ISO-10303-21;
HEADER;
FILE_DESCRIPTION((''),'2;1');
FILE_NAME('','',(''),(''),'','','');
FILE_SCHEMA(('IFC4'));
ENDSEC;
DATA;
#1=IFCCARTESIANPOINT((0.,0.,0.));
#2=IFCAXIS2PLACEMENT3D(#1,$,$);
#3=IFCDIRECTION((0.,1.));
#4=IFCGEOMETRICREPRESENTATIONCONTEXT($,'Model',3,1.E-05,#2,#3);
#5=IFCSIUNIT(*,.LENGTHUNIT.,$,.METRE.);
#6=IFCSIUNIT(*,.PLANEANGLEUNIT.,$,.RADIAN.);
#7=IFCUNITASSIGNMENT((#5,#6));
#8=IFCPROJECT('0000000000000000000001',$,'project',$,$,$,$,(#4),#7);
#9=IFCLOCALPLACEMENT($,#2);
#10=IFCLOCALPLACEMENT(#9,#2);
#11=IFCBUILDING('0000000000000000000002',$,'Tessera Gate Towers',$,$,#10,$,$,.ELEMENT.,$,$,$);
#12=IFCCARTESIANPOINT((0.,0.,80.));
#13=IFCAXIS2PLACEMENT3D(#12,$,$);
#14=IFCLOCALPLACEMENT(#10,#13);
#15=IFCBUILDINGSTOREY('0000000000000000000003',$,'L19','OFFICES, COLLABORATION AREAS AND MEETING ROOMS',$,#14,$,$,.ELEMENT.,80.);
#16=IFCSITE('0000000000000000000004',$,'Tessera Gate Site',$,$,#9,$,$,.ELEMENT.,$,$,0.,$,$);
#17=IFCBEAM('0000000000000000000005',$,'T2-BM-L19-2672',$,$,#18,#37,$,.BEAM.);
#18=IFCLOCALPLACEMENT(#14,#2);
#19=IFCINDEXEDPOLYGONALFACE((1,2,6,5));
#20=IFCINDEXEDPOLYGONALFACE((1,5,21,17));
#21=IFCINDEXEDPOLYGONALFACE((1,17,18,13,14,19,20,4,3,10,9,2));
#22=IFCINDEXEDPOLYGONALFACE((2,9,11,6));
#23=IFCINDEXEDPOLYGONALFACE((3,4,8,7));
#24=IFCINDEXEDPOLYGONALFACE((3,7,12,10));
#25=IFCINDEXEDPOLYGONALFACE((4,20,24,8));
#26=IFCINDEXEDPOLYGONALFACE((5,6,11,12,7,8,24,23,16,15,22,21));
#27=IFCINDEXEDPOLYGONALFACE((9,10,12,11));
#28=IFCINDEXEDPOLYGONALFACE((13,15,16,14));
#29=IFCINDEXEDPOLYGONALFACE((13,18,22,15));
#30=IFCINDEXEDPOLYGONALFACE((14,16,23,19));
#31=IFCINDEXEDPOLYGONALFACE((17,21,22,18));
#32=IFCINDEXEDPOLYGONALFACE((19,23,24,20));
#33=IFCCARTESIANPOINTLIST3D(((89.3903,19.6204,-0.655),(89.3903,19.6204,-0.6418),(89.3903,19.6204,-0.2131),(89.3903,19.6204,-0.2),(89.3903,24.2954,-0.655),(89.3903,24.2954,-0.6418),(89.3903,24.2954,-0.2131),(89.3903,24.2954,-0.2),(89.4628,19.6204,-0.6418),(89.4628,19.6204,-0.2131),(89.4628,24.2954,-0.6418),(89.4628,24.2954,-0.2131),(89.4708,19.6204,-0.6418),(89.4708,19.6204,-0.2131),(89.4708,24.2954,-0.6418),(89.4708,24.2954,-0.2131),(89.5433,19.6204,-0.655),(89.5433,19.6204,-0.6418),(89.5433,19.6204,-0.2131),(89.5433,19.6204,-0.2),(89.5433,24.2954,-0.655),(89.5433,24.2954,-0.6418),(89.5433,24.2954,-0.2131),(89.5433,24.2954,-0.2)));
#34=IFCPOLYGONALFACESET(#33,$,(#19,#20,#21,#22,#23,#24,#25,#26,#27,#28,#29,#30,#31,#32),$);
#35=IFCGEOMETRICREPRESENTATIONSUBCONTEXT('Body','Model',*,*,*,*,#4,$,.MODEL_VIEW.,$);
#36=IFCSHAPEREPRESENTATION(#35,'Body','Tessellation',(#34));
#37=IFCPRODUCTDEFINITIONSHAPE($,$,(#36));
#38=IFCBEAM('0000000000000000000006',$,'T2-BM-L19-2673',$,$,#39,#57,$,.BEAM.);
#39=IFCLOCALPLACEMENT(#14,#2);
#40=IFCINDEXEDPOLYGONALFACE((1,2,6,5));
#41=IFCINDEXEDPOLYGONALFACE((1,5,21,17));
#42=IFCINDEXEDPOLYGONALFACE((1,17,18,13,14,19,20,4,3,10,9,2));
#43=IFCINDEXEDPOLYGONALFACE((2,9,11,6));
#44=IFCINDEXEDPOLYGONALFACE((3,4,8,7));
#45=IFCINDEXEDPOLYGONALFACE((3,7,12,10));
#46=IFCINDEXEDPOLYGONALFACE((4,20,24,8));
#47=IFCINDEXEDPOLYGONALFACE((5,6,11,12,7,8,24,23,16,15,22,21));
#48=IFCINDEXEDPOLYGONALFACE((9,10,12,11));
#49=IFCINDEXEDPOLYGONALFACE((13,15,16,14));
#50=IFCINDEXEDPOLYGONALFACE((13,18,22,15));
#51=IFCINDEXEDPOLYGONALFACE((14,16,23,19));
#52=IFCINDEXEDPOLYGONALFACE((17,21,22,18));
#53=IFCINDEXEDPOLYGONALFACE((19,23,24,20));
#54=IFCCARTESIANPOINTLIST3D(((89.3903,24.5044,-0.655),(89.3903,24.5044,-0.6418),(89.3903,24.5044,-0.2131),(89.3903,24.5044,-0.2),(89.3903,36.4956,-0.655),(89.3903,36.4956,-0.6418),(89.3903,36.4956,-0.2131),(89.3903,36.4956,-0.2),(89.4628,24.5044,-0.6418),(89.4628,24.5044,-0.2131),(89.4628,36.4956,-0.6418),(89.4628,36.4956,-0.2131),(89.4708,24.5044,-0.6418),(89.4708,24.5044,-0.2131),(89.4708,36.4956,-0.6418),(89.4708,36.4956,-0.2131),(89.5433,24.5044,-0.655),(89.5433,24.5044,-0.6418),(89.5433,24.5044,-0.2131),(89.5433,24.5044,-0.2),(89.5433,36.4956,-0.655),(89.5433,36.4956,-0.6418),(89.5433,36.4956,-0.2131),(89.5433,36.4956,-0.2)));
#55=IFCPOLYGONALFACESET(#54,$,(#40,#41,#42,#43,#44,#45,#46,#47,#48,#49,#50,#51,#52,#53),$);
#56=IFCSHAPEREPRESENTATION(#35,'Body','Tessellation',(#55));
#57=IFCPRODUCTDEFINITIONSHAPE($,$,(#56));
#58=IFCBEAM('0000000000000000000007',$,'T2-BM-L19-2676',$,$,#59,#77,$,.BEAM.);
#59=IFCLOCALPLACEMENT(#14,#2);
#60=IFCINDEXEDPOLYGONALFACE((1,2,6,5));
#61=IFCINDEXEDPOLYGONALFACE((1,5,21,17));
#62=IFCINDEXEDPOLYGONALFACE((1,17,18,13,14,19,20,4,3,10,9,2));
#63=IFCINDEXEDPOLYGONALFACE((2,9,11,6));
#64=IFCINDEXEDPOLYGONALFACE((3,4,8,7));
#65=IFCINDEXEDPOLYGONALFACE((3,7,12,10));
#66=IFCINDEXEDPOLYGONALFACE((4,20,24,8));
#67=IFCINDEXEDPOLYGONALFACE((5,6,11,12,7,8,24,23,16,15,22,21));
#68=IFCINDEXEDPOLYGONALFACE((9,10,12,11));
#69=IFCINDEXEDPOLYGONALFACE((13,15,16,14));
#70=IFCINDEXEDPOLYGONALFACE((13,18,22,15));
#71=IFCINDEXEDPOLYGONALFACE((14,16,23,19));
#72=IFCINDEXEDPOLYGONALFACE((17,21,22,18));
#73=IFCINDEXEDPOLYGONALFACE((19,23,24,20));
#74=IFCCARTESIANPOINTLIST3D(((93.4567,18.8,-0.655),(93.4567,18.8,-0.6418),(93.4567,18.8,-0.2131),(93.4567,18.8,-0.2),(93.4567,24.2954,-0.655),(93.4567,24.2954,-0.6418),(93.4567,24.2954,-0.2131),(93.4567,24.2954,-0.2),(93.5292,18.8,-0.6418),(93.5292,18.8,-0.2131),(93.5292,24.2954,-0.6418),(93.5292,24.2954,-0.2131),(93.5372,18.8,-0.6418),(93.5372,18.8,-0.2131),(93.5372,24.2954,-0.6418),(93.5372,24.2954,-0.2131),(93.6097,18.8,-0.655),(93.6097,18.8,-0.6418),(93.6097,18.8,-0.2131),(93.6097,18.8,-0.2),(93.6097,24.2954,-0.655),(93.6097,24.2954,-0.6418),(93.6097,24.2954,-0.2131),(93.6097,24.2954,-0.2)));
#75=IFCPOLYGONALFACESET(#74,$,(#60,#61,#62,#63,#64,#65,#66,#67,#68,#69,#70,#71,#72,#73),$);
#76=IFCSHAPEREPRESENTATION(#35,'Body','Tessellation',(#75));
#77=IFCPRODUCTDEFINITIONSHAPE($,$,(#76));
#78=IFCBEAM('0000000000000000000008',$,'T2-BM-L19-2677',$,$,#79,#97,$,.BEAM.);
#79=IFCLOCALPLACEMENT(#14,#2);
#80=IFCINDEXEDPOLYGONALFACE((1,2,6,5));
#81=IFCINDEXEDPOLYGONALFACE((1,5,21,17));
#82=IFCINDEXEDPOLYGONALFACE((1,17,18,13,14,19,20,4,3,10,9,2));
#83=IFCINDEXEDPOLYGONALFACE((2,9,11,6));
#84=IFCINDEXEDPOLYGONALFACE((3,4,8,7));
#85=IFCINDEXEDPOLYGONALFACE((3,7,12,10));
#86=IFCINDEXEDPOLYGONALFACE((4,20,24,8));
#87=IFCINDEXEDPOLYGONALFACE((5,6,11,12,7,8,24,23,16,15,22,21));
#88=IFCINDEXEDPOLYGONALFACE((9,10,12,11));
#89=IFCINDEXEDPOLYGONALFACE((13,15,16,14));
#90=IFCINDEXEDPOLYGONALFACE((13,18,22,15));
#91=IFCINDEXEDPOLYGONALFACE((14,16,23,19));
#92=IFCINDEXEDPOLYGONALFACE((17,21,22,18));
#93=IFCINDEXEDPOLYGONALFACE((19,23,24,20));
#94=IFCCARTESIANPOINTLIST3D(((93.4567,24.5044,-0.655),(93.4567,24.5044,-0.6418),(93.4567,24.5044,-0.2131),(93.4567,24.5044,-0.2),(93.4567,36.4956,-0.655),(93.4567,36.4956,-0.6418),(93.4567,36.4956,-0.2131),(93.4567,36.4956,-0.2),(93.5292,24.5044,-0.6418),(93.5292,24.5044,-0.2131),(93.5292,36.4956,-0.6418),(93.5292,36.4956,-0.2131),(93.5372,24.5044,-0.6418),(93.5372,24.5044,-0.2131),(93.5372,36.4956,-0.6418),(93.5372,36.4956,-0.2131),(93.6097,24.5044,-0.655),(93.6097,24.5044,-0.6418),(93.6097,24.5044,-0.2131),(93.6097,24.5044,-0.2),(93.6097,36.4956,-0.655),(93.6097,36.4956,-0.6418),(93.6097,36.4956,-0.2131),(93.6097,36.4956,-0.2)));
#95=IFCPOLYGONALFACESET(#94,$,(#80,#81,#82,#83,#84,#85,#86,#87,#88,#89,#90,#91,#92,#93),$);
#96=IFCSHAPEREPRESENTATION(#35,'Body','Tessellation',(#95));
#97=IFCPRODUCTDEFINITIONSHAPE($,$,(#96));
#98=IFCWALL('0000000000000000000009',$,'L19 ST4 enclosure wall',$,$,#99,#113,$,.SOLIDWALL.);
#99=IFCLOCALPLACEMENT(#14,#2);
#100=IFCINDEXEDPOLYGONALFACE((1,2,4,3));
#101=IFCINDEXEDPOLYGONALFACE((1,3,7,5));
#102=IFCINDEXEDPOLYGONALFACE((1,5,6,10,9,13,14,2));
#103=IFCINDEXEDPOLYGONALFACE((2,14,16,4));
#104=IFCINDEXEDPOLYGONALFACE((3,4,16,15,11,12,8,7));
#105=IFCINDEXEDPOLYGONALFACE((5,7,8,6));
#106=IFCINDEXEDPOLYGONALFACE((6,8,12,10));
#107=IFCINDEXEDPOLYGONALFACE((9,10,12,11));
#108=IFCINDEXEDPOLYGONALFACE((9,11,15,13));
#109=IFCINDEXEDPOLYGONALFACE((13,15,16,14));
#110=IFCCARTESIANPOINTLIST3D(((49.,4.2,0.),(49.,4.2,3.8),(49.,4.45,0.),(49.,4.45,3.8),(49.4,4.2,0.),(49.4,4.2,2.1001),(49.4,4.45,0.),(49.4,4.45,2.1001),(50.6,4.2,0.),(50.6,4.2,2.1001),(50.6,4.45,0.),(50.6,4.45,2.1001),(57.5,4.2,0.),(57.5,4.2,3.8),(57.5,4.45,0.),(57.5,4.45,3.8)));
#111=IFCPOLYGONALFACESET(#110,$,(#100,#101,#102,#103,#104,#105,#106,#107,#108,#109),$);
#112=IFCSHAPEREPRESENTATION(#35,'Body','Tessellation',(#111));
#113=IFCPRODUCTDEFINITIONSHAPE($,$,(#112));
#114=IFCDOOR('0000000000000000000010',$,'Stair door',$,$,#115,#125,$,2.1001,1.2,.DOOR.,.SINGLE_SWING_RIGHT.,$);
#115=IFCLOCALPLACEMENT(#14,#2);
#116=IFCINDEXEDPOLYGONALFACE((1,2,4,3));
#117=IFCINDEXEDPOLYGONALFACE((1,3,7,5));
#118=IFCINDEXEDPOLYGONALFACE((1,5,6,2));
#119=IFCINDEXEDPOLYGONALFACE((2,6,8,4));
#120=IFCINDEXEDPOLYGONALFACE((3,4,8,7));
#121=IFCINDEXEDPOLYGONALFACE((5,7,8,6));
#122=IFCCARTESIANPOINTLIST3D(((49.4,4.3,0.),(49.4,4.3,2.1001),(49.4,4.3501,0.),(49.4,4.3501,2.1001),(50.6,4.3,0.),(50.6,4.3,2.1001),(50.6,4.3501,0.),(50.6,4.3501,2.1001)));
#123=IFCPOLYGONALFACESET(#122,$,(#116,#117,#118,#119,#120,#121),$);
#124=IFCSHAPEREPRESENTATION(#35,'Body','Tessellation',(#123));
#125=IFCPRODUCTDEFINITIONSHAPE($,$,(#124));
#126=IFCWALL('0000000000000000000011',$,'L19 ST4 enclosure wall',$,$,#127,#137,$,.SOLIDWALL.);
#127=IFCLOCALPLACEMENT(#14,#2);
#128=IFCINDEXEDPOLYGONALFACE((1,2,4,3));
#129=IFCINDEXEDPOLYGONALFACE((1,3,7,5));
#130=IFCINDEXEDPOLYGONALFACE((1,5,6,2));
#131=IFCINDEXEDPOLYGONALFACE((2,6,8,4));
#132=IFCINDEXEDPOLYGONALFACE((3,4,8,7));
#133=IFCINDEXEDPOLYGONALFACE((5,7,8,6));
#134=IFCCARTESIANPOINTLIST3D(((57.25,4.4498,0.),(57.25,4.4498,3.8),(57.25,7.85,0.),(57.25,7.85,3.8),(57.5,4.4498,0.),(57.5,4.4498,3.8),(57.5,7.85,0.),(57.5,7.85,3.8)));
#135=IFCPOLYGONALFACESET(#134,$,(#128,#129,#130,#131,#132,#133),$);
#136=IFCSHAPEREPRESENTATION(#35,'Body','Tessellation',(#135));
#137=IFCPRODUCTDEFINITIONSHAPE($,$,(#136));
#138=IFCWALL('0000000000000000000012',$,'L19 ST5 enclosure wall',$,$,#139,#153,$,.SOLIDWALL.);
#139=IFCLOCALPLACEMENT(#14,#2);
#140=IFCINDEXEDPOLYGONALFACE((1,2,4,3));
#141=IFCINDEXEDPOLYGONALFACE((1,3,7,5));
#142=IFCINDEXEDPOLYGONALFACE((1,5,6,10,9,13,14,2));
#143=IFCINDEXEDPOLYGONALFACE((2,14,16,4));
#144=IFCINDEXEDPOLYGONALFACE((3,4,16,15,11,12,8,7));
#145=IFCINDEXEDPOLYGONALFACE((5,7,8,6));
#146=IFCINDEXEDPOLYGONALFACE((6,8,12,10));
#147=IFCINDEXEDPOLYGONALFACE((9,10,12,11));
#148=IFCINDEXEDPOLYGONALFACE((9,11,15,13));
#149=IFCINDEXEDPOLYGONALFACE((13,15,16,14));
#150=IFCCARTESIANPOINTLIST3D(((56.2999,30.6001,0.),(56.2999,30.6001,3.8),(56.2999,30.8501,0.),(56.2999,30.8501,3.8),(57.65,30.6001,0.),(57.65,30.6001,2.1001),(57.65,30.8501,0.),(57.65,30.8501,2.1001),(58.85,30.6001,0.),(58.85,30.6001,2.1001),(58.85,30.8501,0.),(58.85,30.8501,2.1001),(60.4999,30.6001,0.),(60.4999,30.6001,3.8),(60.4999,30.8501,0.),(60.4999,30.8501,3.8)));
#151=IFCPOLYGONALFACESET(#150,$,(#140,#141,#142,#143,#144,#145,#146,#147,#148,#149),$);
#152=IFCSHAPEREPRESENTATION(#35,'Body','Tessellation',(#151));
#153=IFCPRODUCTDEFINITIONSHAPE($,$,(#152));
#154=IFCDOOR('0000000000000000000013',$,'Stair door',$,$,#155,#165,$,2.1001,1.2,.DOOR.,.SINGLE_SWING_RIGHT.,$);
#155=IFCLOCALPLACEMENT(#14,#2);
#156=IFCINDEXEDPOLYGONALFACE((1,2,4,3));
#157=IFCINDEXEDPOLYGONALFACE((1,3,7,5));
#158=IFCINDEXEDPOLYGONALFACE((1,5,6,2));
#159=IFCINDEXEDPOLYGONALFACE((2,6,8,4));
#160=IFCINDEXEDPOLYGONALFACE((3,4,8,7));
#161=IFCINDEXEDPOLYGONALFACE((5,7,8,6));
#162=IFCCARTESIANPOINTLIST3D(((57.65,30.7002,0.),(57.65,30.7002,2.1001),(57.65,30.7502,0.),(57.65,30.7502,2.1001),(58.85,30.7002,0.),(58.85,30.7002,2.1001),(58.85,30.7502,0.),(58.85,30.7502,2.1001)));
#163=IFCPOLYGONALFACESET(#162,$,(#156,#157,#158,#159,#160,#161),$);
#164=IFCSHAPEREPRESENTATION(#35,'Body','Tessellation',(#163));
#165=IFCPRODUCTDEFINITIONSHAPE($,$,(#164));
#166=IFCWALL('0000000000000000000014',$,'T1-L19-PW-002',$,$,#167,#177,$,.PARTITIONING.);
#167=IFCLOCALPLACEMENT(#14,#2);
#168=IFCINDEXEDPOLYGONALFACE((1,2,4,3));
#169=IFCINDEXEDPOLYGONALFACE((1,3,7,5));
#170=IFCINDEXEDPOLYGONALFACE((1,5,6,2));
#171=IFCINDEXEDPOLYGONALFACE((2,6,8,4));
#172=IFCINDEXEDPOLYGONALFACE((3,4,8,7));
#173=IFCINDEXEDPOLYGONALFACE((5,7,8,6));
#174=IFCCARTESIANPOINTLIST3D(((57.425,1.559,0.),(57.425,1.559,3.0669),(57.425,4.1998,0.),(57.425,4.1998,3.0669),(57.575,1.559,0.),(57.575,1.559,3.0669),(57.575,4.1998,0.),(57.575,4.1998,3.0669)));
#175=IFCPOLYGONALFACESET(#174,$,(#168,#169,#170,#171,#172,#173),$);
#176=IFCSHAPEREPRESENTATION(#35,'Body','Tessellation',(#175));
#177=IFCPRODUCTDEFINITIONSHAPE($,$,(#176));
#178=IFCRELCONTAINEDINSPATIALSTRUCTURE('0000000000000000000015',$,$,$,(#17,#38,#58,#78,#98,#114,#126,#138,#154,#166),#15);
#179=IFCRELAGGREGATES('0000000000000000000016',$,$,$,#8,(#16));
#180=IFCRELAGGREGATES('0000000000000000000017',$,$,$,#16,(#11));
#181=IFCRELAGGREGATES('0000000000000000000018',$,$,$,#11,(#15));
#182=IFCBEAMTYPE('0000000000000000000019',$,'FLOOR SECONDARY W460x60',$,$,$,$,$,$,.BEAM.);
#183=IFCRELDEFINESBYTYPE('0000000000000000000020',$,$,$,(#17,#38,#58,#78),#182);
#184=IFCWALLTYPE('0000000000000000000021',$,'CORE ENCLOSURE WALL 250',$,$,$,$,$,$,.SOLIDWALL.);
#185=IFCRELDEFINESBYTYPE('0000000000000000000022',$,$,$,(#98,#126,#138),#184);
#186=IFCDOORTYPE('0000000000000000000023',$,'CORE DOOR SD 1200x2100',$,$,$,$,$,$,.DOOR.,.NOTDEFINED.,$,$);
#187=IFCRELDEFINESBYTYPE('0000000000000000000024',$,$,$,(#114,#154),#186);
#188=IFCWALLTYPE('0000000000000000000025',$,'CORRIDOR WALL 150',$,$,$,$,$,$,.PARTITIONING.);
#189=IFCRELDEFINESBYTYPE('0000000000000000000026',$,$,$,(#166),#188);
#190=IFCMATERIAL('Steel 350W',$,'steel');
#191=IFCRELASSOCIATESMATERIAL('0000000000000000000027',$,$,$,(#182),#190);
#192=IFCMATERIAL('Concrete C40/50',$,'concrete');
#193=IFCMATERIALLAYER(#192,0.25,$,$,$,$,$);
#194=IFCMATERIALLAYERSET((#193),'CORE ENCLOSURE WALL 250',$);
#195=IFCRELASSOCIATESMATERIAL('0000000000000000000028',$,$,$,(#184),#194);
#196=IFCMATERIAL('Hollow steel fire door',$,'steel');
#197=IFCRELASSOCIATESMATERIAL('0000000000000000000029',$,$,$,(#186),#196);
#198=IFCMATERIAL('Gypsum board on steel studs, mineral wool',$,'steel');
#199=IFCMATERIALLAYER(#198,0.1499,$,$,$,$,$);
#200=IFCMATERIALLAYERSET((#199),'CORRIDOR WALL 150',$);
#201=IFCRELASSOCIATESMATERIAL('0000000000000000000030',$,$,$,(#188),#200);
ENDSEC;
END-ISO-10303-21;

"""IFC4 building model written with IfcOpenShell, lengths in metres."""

from ifc_helpers import new_model, si_unit, direction, frame, frame_2d, origin, origin_2d, place, context, subcontext, project, spatial, rectangle, i_section, extrude, source, transform, mapped, material, layer, layer_set, material_profile, profile_set, type_object, element, fill, save


model = new_model("IFC4")

# Units and contexts
model_context = context("Model", 3, precision=1e-05, world=origin(), true_north=direction((0.0, 1.0)))
body_context = subcontext(model_context, "Body", "Model", "MODEL_VIEW")
ifc_project = project(units=[si_unit("LENGTHUNIT", "METRE"), si_unit("PLANEANGLEUNIT", "RADIAN")], contexts=[model_context])

# Site, building, storey
site_placement = place(None, origin())
site = spatial("IfcSite", under=ifc_project, at=site_placement, Name="Tessera Gate Site", CompositionType="ELEMENT", RefElevation=0.0)
building_placement = place(site_placement, origin())
building = spatial("IfcBuilding", under=site, at=building_placement, Name="Tessera Gate Towers", CompositionType="ELEMENT")
storey_placement = place(building_placement, frame((0.0, 0.0, 80.0)))
storey = spatial("IfcBuildingStorey", under=building, at=storey_placement, Name="L19", Description="OFFICES, COLLABORATION AREAS AND MEETING ROOMS", CompositionType="ELEMENT", Elevation=80.0)

# Beams
ifc_material_1 = material(Name="Steel 350W", Category="steel")
ifc_material_profile_1 = material_profile(ifc_material_1, i_section(OverallWidth=0.1531, OverallDepth=0.4551, WebThickness=0.0081, FlangeThickness=0.0132, at=origin_2d()), Name="W460x60")
ifc_profile_set_1 = profile_set([ifc_material_profile_1], Name="Steel 350W")
beam_type_1 = type_object("IfcBeamType", Name="FLOOR SECONDARY W460x60", PredefinedType="BEAM", material=ifc_profile_set_1)
beam_1_placement = place(storey_placement, frame((89.4668, 19.6204, -0.4275), z_axis=(0.0, 1.0, 0.0), x_axis=(-1.0, 0.0, 0.0)))
element("IfcBeam", 1, at=beam_1_placement, inside=storey, type_object=beam_type_1, Name="T2-BM-L19-2672", PredefinedType="BEAM", context=body_context, shape_type="SweptSolid", body=[
    extrude(i_section(OverallWidth=0.1531, OverallDepth=0.4551, WebThickness=0.0081, FlangeThickness=0.0132, at=origin_2d()), origin(), (0.0, 0.0, 1.0), 4.675),
])
beam_2_placement = place(storey_placement, frame((89.4668, 24.5044, -0.4275), z_axis=(0.0, 1.0, 0.0), x_axis=(-1.0, 0.0, 0.0)))
element("IfcBeam", 2, at=beam_2_placement, inside=storey, type_object=beam_type_1, Name="T2-BM-L19-2673", PredefinedType="BEAM", context=body_context, shape_type="SweptSolid", body=[
    extrude(i_section(OverallWidth=0.1531, OverallDepth=0.4551, WebThickness=0.0081, FlangeThickness=0.0132, at=origin_2d()), origin(), (0.0, 0.0, 1.0), 11.9912),
])
beam_3_placement = place(storey_placement, frame((93.5332, 18.8, -0.4275), z_axis=(0.0, 1.0, 0.0), x_axis=(-1.0, 0.0, 0.0)))
element("IfcBeam", 3, at=beam_3_placement, inside=storey, type_object=beam_type_1, Name="T2-BM-L19-2676", PredefinedType="BEAM", context=body_context, shape_type="SweptSolid", body=[
    extrude(i_section(OverallWidth=0.1531, OverallDepth=0.4551, WebThickness=0.0081, FlangeThickness=0.0132, at=origin_2d()), origin(), (0.0, 0.0, 1.0), 5.4954),
])
beam_4_placement = place(storey_placement, frame((93.5332, 24.5044, -0.4275), z_axis=(0.0, 1.0, 0.0), x_axis=(-1.0, 0.0, 0.0)))
element("IfcBeam", 4, at=beam_4_placement, inside=storey, type_object=beam_type_1, Name="T2-BM-L19-2677", PredefinedType="BEAM", context=body_context, shape_type="SweptSolid", body=[
    extrude(i_section(OverallWidth=0.1531, OverallDepth=0.4551, WebThickness=0.0081, FlangeThickness=0.0132, at=origin_2d()), origin(), (0.0, 0.0, 1.0), 11.9912),
])

# Wall, opening, door
ifc_material_2 = material(Name="Concrete C40/50", Category="concrete")
ifc_layer_1 = layer(ifc_material_2, 0.25)
ifc_layer_set_1 = layer_set([ifc_layer_1], Name="CORE ENCLOSURE WALL 250")
wall_type_1 = type_object("IfcWallType", Name="CORE ENCLOSURE WALL 250", PredefinedType="SOLIDWALL", material=ifc_layer_set_1)
wall_1_placement = place(storey_placement, frame((57.5, 4.325, 0.0), z_axis=(0.0, 0.0, 1.0), x_axis=(-1.0, 0.0, 0.0)))
wall_1 = element("IfcWall", 5, at=wall_1_placement, inside=storey, type_object=wall_type_1, Name="L19 ST4 enclosure wall", PredefinedType="SOLIDWALL", context=body_context, shape_type="SweptSolid", body=[
    extrude(rectangle(XDim=8.5, YDim=0.25, at=frame_2d((4.25, 0.0))), origin(), (0.0, 0.0, 1.0), 3.8),
])
shared_shape_1 = source(origin(), body_context, "Body", "SweptSolid", [
    extrude(rectangle(XDim=1.2, YDim=2.1001, at=frame_2d((0.6001, 1.05))), frame((0.0, 0.135, 0.0), z_axis=(0.0, -1.0, 0.0), x_axis=(1.0, 0.0, 0.0)), (0.0, 0.0, 1.0), 0.27),
])
opening_1_placement = place(wall_1_placement, frame((6.8999, 0.0, 0.0)))
opening_1 = element("IfcOpeningElement", 6, at=opening_1_placement, cuts=wall_1, PredefinedType="OPENING", context=body_context, shape_type="MappedRepresentation", body=[
    mapped(shared_shape_1, transform((0.0, 0.0, 0.0), scale=1.0)),
])
ifc_material_3 = material(Name="Hollow steel fire door", Category="steel")
door_type_1 = type_object("IfcDoorType", Name="CORE DOOR SD 1200x2100", OperationType="NOTDEFINED", PredefinedType="DOOR", material=ifc_material_3)
shared_shape_2 = source(origin(), body_context, "Body", "SweptSolid", [
    extrude(rectangle(XDim=1.2, YDim=2.1001, at=frame_2d((0.6001, 1.05))), frame((0.0, 0.0249, 0.0), z_axis=(0.0, -1.0, 0.0), x_axis=(1.0, 0.0, 0.0)), (0.0, 0.0, 1.0), 0.05),
])
door_1_placement = place(opening_1_placement, origin())
door_1 = element("IfcDoor", 7, at=door_1_placement, inside=storey, type_object=door_type_1, Name="Stair door", OperationType="SINGLE_SWING_RIGHT", OverallHeight=2.1001, OverallWidth=1.2, PredefinedType="DOOR", context=body_context, shape_type="MappedRepresentation", body=[
    mapped(shared_shape_2, transform((0.0, 0.0, 0.0), scale=1.0)),
])
fill(opening_1, door_1)

# Wall
wall_2_placement = place(storey_placement, frame((57.375, 7.8501, 0.0), z_axis=(0.0, 0.0, 1.0), x_axis=(0.0, -1.0, 0.0)))
element("IfcWall", 8, at=wall_2_placement, inside=storey, type_object=wall_type_1, Name="L19 ST4 enclosure wall", PredefinedType="SOLIDWALL", context=body_context, shape_type="SweptSolid", body=[
    extrude(rectangle(XDim=3.4001, YDim=0.25, at=frame_2d((1.7002, 0.0))), origin(), (0.0, 0.0, 1.0), 3.8),
])

# Wall, opening, door
wall_3_placement = place(storey_placement, frame((60.5, 30.7251, 0.0), z_axis=(0.0, 0.0, 1.0), x_axis=(-1.0, 0.0, 0.0)))
wall_3 = element("IfcWall", 9, at=wall_3_placement, inside=storey, type_object=wall_type_1, Name="L19 ST5 enclosure wall", PredefinedType="SOLIDWALL", context=body_context, shape_type="SweptSolid", body=[
    extrude(rectangle(XDim=4.2, YDim=0.25, at=frame_2d((2.1001, 0.0))), origin(), (0.0, 0.0, 1.0), 3.8),
])
opening_2_placement = place(wall_3_placement, frame((1.6499, 0.0, 0.0)))
opening_2 = element("IfcOpeningElement", 10, at=opening_2_placement, cuts=wall_3, PredefinedType="OPENING", context=body_context, shape_type="MappedRepresentation", body=[
    mapped(shared_shape_1, transform((0.0, 0.0, 0.0), scale=1.0)),
])
door_2_placement = place(opening_2_placement, origin())
door_2 = element("IfcDoor", 11, at=door_2_placement, inside=storey, type_object=door_type_1, Name="Stair door", OperationType="SINGLE_SWING_RIGHT", OverallHeight=2.1001, OverallWidth=1.2, PredefinedType="DOOR", context=body_context, shape_type="MappedRepresentation", body=[
    mapped(shared_shape_2, transform((0.0, 0.0, 0.0), scale=1.0)),
])
fill(opening_2, door_2)

# Wall
ifc_material_4 = material(Name="Gypsum board on steel studs, mineral wool", Category="steel")
ifc_layer_2 = layer(ifc_material_4, 0.1499)
ifc_layer_set_2 = layer_set([ifc_layer_2], Name="CORRIDOR WALL 150")
wall_type_2 = type_object("IfcWallType", Name="CORRIDOR WALL 150", PredefinedType="PARTITIONING", material=ifc_layer_set_2)
wall_4_placement = place(storey_placement, frame((57.5, 1.5591, 0.0), z_axis=(0.0, 0.0, 1.0), x_axis=(0.0, 1.0, 0.0)))
element("IfcWall", 12, at=wall_4_placement, inside=storey, type_object=wall_type_2, Name="T1-L19-PW-002", PredefinedType="PARTITIONING", context=body_context, shape_type="SweptSolid", body=[
    extrude(rectangle(XDim=2.6409, YDim=0.1499, at=frame_2d((1.3203, 0.0))), origin(), (0.0, 0.0, 1.0), 3.0669),
])

save(model, "model.ifc")
